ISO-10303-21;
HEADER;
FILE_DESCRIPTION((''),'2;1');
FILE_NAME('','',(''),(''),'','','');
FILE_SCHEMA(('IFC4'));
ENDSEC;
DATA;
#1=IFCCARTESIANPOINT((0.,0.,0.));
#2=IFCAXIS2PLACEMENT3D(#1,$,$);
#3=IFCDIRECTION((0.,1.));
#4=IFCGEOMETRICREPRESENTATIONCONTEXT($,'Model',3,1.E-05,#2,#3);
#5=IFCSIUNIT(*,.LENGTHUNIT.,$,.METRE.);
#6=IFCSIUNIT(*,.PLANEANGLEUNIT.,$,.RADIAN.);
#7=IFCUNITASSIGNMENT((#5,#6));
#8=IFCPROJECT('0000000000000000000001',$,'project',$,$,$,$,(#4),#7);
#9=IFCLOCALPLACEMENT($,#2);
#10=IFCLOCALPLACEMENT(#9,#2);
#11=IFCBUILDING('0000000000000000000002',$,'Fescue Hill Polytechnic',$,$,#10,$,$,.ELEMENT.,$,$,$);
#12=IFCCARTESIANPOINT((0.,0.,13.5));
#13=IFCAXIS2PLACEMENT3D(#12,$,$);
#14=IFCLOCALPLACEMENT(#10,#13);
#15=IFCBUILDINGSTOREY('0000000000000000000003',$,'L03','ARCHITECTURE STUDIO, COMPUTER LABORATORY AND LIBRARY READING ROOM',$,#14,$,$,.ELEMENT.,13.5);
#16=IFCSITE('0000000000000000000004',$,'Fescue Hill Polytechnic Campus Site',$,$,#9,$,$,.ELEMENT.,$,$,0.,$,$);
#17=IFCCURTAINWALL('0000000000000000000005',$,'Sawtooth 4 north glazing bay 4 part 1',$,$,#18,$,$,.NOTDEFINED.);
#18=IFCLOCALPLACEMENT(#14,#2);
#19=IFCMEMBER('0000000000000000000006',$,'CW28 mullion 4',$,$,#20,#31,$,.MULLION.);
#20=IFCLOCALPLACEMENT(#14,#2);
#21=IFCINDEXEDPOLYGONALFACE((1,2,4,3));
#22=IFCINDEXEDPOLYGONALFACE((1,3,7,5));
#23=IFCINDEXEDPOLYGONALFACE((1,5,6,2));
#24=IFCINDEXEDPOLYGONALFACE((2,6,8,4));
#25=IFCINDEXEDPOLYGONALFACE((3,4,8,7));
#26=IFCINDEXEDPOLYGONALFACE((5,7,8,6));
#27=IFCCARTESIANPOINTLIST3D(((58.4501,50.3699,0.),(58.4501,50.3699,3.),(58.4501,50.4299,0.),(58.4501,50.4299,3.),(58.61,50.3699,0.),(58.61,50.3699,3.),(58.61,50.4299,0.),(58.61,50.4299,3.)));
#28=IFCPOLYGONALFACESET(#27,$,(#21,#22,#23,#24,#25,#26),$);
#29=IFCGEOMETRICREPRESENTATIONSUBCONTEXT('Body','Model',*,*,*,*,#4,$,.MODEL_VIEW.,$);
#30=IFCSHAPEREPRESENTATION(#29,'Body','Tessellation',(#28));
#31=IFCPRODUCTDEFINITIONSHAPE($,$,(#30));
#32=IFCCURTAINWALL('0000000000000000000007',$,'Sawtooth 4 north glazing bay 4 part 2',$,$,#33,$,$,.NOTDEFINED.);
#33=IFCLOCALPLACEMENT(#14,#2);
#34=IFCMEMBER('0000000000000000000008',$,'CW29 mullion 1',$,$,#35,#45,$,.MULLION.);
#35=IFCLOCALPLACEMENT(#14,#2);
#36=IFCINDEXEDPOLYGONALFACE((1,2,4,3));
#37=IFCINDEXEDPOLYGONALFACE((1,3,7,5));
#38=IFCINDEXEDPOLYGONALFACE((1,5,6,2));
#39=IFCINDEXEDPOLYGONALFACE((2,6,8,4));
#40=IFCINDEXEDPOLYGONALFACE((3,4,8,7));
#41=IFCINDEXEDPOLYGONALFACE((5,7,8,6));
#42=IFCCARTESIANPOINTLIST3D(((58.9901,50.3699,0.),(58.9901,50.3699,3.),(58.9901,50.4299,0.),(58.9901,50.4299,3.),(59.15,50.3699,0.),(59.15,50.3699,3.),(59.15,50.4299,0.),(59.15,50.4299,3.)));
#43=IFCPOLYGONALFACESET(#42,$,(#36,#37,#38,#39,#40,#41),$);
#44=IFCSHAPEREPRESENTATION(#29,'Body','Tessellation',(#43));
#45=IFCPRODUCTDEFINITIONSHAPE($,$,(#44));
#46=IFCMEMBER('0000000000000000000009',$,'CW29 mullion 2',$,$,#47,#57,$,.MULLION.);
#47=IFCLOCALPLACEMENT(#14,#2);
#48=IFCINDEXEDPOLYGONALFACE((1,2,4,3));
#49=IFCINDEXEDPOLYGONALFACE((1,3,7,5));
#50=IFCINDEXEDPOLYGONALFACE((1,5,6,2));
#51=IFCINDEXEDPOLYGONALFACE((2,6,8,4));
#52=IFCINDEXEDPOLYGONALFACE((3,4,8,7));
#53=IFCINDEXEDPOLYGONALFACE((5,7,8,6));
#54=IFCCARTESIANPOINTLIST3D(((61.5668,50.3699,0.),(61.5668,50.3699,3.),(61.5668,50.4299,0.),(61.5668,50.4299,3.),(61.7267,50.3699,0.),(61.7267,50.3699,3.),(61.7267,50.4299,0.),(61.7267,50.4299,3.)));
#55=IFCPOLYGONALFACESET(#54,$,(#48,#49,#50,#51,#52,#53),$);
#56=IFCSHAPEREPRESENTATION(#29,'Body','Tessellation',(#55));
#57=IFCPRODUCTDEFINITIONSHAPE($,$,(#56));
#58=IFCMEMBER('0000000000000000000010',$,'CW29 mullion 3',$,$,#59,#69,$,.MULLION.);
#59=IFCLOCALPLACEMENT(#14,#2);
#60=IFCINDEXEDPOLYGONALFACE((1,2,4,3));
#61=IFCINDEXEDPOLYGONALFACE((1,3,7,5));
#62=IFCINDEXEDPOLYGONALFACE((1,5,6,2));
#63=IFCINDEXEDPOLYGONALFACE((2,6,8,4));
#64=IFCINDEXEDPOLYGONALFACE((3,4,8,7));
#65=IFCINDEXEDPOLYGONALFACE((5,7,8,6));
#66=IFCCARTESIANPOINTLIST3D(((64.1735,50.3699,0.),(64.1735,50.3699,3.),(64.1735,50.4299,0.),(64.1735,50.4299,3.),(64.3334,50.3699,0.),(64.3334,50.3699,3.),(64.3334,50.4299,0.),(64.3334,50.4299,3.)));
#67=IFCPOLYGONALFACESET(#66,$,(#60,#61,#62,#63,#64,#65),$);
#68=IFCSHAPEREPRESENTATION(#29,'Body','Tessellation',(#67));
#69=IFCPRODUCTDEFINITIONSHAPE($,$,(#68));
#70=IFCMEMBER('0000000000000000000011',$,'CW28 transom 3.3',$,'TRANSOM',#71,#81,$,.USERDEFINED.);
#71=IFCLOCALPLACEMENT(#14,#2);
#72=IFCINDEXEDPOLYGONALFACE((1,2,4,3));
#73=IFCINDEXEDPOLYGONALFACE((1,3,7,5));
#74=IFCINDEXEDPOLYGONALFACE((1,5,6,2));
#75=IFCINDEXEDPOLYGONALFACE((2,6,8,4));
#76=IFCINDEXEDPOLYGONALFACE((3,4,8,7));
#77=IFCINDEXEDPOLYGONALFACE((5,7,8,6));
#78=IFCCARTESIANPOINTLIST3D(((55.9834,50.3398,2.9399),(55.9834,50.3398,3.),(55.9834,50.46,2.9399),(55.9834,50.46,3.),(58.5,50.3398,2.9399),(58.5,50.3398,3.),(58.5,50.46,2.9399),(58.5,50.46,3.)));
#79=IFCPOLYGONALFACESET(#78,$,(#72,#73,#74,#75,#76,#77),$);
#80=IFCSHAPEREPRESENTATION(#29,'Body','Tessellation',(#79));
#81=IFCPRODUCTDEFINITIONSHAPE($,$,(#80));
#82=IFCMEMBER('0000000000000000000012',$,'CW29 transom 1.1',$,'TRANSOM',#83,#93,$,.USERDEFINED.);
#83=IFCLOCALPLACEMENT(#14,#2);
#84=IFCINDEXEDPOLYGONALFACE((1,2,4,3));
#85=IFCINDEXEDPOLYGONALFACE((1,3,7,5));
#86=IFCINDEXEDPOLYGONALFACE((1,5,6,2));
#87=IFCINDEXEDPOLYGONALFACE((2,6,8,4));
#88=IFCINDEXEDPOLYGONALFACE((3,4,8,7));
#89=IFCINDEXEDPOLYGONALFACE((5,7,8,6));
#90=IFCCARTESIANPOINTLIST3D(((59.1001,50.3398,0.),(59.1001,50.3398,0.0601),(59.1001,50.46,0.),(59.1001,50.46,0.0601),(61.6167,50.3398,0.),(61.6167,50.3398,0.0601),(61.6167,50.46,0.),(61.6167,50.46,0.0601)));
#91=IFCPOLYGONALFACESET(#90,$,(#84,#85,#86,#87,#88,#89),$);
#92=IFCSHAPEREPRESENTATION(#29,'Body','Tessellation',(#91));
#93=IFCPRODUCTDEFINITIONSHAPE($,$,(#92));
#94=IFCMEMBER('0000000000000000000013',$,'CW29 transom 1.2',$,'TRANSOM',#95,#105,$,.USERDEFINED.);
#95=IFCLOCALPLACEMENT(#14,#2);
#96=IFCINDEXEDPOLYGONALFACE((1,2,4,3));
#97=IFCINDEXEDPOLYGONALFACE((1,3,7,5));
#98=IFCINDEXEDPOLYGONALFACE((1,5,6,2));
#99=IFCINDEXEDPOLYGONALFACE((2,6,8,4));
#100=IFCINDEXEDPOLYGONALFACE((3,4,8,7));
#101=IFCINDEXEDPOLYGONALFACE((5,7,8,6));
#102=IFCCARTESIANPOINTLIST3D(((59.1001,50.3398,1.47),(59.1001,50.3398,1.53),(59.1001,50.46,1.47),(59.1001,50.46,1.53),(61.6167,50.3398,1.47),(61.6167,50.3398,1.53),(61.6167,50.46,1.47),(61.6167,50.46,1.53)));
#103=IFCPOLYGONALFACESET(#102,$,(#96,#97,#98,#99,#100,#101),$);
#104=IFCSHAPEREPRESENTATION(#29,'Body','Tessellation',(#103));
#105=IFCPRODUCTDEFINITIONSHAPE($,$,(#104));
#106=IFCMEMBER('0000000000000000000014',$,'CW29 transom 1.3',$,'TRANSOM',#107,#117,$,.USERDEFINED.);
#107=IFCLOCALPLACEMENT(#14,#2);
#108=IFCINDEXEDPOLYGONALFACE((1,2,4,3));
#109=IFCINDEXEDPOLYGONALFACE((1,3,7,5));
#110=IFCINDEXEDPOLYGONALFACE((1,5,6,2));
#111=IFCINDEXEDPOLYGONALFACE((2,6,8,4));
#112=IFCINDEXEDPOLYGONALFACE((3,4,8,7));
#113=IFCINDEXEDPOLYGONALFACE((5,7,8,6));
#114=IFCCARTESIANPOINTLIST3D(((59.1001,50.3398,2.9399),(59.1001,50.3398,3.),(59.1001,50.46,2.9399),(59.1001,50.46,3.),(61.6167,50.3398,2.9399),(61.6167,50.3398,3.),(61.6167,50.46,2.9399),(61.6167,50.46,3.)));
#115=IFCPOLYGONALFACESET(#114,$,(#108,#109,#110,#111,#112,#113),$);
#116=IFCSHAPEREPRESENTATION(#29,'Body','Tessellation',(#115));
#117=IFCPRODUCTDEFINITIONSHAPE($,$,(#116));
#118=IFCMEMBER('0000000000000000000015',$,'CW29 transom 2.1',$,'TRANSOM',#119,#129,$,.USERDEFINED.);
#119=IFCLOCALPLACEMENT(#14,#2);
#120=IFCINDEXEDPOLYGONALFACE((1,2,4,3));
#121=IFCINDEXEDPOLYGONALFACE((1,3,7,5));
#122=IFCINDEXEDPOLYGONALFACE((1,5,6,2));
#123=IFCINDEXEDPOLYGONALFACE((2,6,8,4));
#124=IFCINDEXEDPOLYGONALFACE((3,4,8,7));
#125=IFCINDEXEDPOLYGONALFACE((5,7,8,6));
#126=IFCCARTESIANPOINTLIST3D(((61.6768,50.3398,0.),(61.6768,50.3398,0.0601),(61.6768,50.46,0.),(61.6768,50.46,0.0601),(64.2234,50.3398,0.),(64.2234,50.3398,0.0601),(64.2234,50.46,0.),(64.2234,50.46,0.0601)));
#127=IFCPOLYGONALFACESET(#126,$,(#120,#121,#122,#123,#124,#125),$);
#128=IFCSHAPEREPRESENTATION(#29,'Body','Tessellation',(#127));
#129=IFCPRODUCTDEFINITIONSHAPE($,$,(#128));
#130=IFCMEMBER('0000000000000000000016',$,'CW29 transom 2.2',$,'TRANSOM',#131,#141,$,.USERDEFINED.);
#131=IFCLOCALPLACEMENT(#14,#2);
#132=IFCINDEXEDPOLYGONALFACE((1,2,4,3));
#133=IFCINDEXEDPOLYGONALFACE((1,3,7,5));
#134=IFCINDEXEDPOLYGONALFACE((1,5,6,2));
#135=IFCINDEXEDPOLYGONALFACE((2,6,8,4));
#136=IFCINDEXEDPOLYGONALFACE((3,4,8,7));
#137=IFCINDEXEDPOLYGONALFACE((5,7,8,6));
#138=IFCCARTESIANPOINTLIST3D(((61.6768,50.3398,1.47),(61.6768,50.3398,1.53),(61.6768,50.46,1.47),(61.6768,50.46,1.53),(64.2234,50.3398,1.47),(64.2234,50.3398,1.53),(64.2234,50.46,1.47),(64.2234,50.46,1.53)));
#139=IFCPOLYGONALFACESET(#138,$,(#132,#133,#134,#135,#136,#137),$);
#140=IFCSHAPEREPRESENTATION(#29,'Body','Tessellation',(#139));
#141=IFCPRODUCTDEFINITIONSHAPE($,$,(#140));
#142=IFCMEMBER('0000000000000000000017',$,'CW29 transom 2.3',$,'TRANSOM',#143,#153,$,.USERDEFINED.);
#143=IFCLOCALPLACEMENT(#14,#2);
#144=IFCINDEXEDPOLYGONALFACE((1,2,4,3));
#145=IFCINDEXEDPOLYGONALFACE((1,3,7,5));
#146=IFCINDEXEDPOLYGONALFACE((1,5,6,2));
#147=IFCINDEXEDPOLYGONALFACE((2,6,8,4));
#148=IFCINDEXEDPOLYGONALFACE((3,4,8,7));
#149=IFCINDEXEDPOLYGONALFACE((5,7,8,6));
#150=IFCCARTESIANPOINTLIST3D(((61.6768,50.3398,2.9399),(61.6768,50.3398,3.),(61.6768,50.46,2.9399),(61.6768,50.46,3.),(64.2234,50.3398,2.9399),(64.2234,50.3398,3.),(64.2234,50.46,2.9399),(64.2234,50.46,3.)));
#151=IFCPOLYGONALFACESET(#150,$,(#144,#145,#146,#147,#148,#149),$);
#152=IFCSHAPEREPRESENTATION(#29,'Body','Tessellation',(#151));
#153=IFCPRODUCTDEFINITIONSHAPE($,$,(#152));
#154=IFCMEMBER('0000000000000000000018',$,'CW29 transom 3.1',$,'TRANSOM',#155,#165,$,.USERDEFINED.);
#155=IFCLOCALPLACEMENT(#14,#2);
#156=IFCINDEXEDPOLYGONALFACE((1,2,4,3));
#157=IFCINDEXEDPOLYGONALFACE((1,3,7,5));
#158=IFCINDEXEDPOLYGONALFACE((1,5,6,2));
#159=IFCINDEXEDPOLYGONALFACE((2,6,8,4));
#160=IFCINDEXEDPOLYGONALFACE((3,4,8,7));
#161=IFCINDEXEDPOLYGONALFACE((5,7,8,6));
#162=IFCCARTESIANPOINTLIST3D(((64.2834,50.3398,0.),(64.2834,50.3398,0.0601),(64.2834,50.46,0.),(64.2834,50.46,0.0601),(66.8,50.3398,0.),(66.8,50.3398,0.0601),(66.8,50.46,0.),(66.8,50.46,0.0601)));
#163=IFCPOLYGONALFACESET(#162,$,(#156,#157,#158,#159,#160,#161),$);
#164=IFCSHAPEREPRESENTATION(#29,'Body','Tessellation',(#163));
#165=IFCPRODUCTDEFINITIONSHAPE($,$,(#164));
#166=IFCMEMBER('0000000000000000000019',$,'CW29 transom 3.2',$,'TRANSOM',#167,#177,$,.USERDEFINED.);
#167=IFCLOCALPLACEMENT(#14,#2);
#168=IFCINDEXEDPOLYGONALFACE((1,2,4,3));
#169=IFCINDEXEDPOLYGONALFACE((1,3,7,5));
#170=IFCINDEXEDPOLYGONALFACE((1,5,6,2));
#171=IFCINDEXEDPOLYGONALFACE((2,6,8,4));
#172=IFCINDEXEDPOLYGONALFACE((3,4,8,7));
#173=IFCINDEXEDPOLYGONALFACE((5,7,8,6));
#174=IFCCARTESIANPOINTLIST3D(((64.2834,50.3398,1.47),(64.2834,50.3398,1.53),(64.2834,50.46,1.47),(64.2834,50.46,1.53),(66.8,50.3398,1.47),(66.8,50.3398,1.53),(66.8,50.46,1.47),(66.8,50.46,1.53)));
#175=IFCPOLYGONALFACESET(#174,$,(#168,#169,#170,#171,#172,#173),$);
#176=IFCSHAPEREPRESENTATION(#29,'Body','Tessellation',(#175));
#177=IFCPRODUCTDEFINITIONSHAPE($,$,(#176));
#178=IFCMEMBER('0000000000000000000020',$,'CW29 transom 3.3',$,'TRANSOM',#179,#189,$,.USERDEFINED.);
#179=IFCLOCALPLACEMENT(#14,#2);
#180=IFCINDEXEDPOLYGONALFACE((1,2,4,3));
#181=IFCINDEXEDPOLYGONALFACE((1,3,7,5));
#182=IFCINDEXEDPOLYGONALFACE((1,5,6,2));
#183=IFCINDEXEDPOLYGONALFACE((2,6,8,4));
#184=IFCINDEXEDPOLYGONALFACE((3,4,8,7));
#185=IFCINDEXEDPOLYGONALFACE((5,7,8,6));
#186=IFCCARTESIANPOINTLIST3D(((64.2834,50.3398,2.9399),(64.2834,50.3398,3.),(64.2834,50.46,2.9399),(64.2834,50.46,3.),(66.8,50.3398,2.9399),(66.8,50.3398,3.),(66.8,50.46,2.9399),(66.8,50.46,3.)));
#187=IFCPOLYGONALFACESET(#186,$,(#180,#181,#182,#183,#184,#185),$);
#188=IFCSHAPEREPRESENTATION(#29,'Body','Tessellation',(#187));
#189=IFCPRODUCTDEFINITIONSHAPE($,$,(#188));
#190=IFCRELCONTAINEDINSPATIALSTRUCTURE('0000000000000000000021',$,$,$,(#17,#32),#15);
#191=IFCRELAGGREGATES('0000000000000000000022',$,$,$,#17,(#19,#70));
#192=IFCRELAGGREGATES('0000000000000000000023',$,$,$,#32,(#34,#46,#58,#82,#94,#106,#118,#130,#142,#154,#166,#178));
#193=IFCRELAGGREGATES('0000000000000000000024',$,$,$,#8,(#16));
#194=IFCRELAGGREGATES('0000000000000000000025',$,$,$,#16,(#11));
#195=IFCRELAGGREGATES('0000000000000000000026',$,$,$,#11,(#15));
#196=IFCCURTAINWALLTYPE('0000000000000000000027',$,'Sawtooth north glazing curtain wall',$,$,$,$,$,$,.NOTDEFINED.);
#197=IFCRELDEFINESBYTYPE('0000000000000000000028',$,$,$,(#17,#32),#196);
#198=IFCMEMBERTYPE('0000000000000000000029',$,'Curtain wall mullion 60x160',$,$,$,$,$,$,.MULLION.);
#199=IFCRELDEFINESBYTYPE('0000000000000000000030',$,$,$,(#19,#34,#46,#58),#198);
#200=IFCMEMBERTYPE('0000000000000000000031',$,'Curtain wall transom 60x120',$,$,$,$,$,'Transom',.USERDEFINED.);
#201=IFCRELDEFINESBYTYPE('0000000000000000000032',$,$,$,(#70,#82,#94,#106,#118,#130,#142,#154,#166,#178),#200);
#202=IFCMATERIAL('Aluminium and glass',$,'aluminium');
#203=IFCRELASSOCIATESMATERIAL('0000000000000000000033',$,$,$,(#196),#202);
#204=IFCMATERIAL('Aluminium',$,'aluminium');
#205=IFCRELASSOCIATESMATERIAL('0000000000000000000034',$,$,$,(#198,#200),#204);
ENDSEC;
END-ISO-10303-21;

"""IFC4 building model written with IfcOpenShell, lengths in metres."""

from ifc_helpers import new_model, si_unit, direction, frame, origin, origin_2d, place, context, subcontext, project, spatial, rectangle, extrude, material, material_profile, profile_set, type_object, element, aggregate, save


model = new_model("IFC4")

# Units and contexts
model_context = context("Model", 3, precision=1e-05, world=origin(), true_north=direction((0.0, 1.0)))
body_context = subcontext(model_context, "Body", "Model", "MODEL_VIEW")
ifc_project = project(units=[si_unit("LENGTHUNIT", "METRE"), si_unit("PLANEANGLEUNIT", "RADIAN")], contexts=[model_context])

# Site, building, storey
site_placement = place(None, origin())
site = spatial("IfcSite", under=ifc_project, at=site_placement, Name="Fescue Hill Polytechnic Campus Site", CompositionType="ELEMENT", RefElevation=0.0)
building_placement = place(site_placement, origin())
building = spatial("IfcBuilding", under=site, at=building_placement, Name="Fescue Hill Polytechnic", CompositionType="ELEMENT")
storey_placement = place(building_placement, frame((0.0, 0.0, 13.5)))
storey = spatial("IfcBuildingStorey", under=building, at=storey_placement, Name="L03", Description="ARCHITECTURE STUDIO, COMPUTER LABORATORY AND LIBRARY READING ROOM", CompositionType="ELEMENT", Elevation=13.5)

# Curtain wall, member
ifc_material_1 = material(Name="Aluminium and glass", Category="aluminium")
curtain_wall_type = type_object("IfcCurtainWallType", Name="Sawtooth north glazing curtain wall", PredefinedType="NOTDEFINED", material=ifc_material_1)
curtain_wall_1_placement = place(storey_placement, origin())
curtain_wall_1 = element("IfcCurtainWall", 1, at=curtain_wall_1_placement, inside=storey, type_object=curtain_wall_type, Name="Sawtooth 4 north glazing bay 4 part 1", PredefinedType="NOTDEFINED")
ifc_material_2 = material(Name="Aluminium", Category="aluminium")
ifc_material_profile_1 = material_profile(ifc_material_2, rectangle(XDim=0.0601, YDim=0.1599, at=origin_2d()), Name="Curtain wall mullion 60x160")
ifc_profile_set_1 = profile_set([ifc_material_profile_1], Name="Aluminium")
member_type_1 = type_object("IfcMemberType", Name="Curtain wall mullion 60x160", PredefinedType="MULLION", material=ifc_profile_set_1)
member_1_placement = place(storey_placement, frame((58.53, 50.3999, 0.0), z_axis=(0.0, 0.0, 1.0), x_axis=(0.0, 1.0, 0.0)))
member_1 = element("IfcMember", 2, at=member_1_placement, type_object=member_type_1, Name="CW28 mullion 4", PredefinedType="MULLION", context=body_context, shape_type="SweptSolid", body=[
    extrude(rectangle(XDim=0.0601, YDim=0.1599, at=origin_2d()), origin(), (0.0, 0.0, 1.0), 3.0),
])

# Curtain wall, members
curtain_wall_2_placement = place(storey_placement, origin())
curtain_wall_2 = element("IfcCurtainWall", 3, at=curtain_wall_2_placement, inside=storey, type_object=curtain_wall_type, Name="Sawtooth 4 north glazing bay 4 part 2", PredefinedType="NOTDEFINED")
member_2_placement = place(storey_placement, frame((59.0701, 50.3999, 0.0), z_axis=(0.0, 0.0, 1.0), x_axis=(0.0, 1.0, 0.0)))
member_2 = element("IfcMember", 4, at=member_2_placement, type_object=member_type_1, Name="CW29 mullion 1", PredefinedType="MULLION", context=body_context, shape_type="SweptSolid", body=[
    extrude(rectangle(XDim=0.0601, YDim=0.1599, at=origin_2d()), origin(), (0.0, 0.0, 1.0), 3.0),
])
member_3_placement = place(storey_placement, frame((61.6467, 50.3999, 0.0), z_axis=(0.0, 0.0, 1.0), x_axis=(0.0, 1.0, 0.0)))
member_3 = element("IfcMember", 5, at=member_3_placement, type_object=member_type_1, Name="CW29 mullion 2", PredefinedType="MULLION", context=body_context, shape_type="SweptSolid", body=[
    extrude(rectangle(XDim=0.0601, YDim=0.1599, at=origin_2d()), origin(), (0.0, 0.0, 1.0), 3.0),
])
member_4_placement = place(storey_placement, frame((64.2534, 50.3999, 0.0), z_axis=(0.0, 0.0, 1.0), x_axis=(0.0, 1.0, 0.0)))
member_4 = element("IfcMember", 6, at=member_4_placement, type_object=member_type_1, Name="CW29 mullion 3", PredefinedType="MULLION", context=body_context, shape_type="SweptSolid", body=[
    extrude(rectangle(XDim=0.0601, YDim=0.1599, at=origin_2d()), origin(), (0.0, 0.0, 1.0), 3.0),
])

# Members
ifc_material_profile_2 = material_profile(ifc_material_2, rectangle(XDim=0.1201, YDim=0.0601, at=origin_2d()), Name="Curtain wall transom 60x120")
ifc_profile_set_2 = profile_set([ifc_material_profile_2], Name="Aluminium")
member_type_2 = type_object("IfcMemberType", Name="Curtain wall transom 60x120", ElementType="Transom", PredefinedType="USERDEFINED", material=ifc_profile_set_2)
member_5_placement = place(storey_placement, frame((55.9834, 50.3999, 2.97), z_axis=(1.0, 0.0, 0.0), x_axis=(0.0, 1.0, 0.0)))
member_5 = element("IfcMember", 7, at=member_5_placement, type_object=member_type_2, Name="CW28 transom 3.3", ObjectType="TRANSOM", PredefinedType="USERDEFINED", context=body_context, shape_type="SweptSolid", body=[
    extrude(rectangle(XDim=0.1201, YDim=0.0601, at=origin_2d()), origin(), (0.0, 0.0, 1.0), 2.5166),
])
member_6_placement = place(storey_placement, frame((59.1001, 50.3999, 0.03), z_axis=(1.0, 0.0, 0.0), x_axis=(0.0, 1.0, 0.0)))
member_6 = element("IfcMember", 8, at=member_6_placement, type_object=member_type_2, Name="CW29 transom 1.1", ObjectType="TRANSOM", PredefinedType="USERDEFINED", context=body_context, shape_type="SweptSolid", body=[
    extrude(rectangle(XDim=0.1201, YDim=0.0601, at=origin_2d()), origin(), (0.0, 0.0, 1.0), 2.5166),
])
member_7_placement = place(storey_placement, frame((59.1001, 50.3999, 1.5), z_axis=(1.0, 0.0, 0.0), x_axis=(0.0, 1.0, 0.0)))
member_7 = element("IfcMember", 9, at=member_7_placement, type_object=member_type_2, Name="CW29 transom 1.2", ObjectType="TRANSOM", PredefinedType="USERDEFINED", context=body_context, shape_type="SweptSolid", body=[
    extrude(rectangle(XDim=0.1201, YDim=0.0601, at=origin_2d()), origin(), (0.0, 0.0, 1.0), 2.5166),
])
member_8_placement = place(storey_placement, frame((59.1001, 50.3999, 2.97), z_axis=(1.0, 0.0, 0.0), x_axis=(0.0, 1.0, 0.0)))
member_8 = element("IfcMember", 10, at=member_8_placement, type_object=member_type_2, Name="CW29 transom 1.3", ObjectType="TRANSOM", PredefinedType="USERDEFINED", context=body_context, shape_type="SweptSolid", body=[
    extrude(rectangle(XDim=0.1201, YDim=0.0601, at=origin_2d()), origin(), (0.0, 0.0, 1.0), 2.5166),
])
member_9_placement = place(storey_placement, frame((61.6768, 50.3999, 0.03), z_axis=(1.0, 0.0, 0.0), x_axis=(0.0, 1.0, 0.0)))
member_9 = element("IfcMember", 11, at=member_9_placement, type_object=member_type_2, Name="CW29 transom 2.1", ObjectType="TRANSOM", PredefinedType="USERDEFINED", context=body_context, shape_type="SweptSolid", body=[
    extrude(rectangle(XDim=0.1201, YDim=0.0601, at=origin_2d()), origin(), (0.0, 0.0, 1.0), 2.5466),
])
member_10_placement = place(storey_placement, frame((61.6768, 50.3999, 1.5), z_axis=(1.0, 0.0, 0.0), x_axis=(0.0, 1.0, 0.0)))
member_10 = element("IfcMember", 12, at=member_10_placement, type_object=member_type_2, Name="CW29 transom 2.2", ObjectType="TRANSOM", PredefinedType="USERDEFINED", context=body_context, shape_type="SweptSolid", body=[
    extrude(rectangle(XDim=0.1201, YDim=0.0601, at=origin_2d()), origin(), (0.0, 0.0, 1.0), 2.5466),
])
member_11_placement = place(storey_placement, frame((61.6768, 50.3999, 2.97), z_axis=(1.0, 0.0, 0.0), x_axis=(0.0, 1.0, 0.0)))
member_11 = element("IfcMember", 13, at=member_11_placement, type_object=member_type_2, Name="CW29 transom 2.3", ObjectType="TRANSOM", PredefinedType="USERDEFINED", context=body_context, shape_type="SweptSolid", body=[
    extrude(rectangle(XDim=0.1201, YDim=0.0601, at=origin_2d()), origin(), (0.0, 0.0, 1.0), 2.5466),
])
member_12_placement = place(storey_placement, frame((64.2834, 50.3999, 0.03), z_axis=(1.0, 0.0, 0.0), x_axis=(0.0, 1.0, 0.0)))
member_12 = element("IfcMember", 14, at=member_12_placement, type_object=member_type_2, Name="CW29 transom 3.1", ObjectType="TRANSOM", PredefinedType="USERDEFINED", context=body_context, shape_type="SweptSolid", body=[
    extrude(rectangle(XDim=0.1201, YDim=0.0601, at=origin_2d()), origin(), (0.0, 0.0, 1.0), 2.5166),
])
member_13_placement = place(storey_placement, frame((64.2834, 50.3999, 1.5), z_axis=(1.0, 0.0, 0.0), x_axis=(0.0, 1.0, 0.0)))
member_13 = element("IfcMember", 15, at=member_13_placement, type_object=member_type_2, Name="CW29 transom 3.2", ObjectType="TRANSOM", PredefinedType="USERDEFINED", context=body_context, shape_type="SweptSolid", body=[
    extrude(rectangle(XDim=0.1201, YDim=0.0601, at=origin_2d()), origin(), (0.0, 0.0, 1.0), 2.5166),
])
member_14_placement = place(storey_placement, frame((64.2834, 50.3999, 2.97), z_axis=(1.0, 0.0, 0.0), x_axis=(0.0, 1.0, 0.0)))
member_14 = element("IfcMember", 16, at=member_14_placement, type_object=member_type_2, Name="CW29 transom 3.3", ObjectType="TRANSOM", PredefinedType="USERDEFINED", context=body_context, shape_type="SweptSolid", body=[
    extrude(rectangle(XDim=0.1201, YDim=0.0601, at=origin_2d()), origin(), (0.0, 0.0, 1.0), 2.5166),
])

aggregate(curtain_wall_1, [member_1, member_5])
aggregate(curtain_wall_2, [member_2, member_3, member_4, member_6, member_7, member_8, member_9, member_10, member_11, member_12, member_13, member_14])

save(model, "model.ifc")
